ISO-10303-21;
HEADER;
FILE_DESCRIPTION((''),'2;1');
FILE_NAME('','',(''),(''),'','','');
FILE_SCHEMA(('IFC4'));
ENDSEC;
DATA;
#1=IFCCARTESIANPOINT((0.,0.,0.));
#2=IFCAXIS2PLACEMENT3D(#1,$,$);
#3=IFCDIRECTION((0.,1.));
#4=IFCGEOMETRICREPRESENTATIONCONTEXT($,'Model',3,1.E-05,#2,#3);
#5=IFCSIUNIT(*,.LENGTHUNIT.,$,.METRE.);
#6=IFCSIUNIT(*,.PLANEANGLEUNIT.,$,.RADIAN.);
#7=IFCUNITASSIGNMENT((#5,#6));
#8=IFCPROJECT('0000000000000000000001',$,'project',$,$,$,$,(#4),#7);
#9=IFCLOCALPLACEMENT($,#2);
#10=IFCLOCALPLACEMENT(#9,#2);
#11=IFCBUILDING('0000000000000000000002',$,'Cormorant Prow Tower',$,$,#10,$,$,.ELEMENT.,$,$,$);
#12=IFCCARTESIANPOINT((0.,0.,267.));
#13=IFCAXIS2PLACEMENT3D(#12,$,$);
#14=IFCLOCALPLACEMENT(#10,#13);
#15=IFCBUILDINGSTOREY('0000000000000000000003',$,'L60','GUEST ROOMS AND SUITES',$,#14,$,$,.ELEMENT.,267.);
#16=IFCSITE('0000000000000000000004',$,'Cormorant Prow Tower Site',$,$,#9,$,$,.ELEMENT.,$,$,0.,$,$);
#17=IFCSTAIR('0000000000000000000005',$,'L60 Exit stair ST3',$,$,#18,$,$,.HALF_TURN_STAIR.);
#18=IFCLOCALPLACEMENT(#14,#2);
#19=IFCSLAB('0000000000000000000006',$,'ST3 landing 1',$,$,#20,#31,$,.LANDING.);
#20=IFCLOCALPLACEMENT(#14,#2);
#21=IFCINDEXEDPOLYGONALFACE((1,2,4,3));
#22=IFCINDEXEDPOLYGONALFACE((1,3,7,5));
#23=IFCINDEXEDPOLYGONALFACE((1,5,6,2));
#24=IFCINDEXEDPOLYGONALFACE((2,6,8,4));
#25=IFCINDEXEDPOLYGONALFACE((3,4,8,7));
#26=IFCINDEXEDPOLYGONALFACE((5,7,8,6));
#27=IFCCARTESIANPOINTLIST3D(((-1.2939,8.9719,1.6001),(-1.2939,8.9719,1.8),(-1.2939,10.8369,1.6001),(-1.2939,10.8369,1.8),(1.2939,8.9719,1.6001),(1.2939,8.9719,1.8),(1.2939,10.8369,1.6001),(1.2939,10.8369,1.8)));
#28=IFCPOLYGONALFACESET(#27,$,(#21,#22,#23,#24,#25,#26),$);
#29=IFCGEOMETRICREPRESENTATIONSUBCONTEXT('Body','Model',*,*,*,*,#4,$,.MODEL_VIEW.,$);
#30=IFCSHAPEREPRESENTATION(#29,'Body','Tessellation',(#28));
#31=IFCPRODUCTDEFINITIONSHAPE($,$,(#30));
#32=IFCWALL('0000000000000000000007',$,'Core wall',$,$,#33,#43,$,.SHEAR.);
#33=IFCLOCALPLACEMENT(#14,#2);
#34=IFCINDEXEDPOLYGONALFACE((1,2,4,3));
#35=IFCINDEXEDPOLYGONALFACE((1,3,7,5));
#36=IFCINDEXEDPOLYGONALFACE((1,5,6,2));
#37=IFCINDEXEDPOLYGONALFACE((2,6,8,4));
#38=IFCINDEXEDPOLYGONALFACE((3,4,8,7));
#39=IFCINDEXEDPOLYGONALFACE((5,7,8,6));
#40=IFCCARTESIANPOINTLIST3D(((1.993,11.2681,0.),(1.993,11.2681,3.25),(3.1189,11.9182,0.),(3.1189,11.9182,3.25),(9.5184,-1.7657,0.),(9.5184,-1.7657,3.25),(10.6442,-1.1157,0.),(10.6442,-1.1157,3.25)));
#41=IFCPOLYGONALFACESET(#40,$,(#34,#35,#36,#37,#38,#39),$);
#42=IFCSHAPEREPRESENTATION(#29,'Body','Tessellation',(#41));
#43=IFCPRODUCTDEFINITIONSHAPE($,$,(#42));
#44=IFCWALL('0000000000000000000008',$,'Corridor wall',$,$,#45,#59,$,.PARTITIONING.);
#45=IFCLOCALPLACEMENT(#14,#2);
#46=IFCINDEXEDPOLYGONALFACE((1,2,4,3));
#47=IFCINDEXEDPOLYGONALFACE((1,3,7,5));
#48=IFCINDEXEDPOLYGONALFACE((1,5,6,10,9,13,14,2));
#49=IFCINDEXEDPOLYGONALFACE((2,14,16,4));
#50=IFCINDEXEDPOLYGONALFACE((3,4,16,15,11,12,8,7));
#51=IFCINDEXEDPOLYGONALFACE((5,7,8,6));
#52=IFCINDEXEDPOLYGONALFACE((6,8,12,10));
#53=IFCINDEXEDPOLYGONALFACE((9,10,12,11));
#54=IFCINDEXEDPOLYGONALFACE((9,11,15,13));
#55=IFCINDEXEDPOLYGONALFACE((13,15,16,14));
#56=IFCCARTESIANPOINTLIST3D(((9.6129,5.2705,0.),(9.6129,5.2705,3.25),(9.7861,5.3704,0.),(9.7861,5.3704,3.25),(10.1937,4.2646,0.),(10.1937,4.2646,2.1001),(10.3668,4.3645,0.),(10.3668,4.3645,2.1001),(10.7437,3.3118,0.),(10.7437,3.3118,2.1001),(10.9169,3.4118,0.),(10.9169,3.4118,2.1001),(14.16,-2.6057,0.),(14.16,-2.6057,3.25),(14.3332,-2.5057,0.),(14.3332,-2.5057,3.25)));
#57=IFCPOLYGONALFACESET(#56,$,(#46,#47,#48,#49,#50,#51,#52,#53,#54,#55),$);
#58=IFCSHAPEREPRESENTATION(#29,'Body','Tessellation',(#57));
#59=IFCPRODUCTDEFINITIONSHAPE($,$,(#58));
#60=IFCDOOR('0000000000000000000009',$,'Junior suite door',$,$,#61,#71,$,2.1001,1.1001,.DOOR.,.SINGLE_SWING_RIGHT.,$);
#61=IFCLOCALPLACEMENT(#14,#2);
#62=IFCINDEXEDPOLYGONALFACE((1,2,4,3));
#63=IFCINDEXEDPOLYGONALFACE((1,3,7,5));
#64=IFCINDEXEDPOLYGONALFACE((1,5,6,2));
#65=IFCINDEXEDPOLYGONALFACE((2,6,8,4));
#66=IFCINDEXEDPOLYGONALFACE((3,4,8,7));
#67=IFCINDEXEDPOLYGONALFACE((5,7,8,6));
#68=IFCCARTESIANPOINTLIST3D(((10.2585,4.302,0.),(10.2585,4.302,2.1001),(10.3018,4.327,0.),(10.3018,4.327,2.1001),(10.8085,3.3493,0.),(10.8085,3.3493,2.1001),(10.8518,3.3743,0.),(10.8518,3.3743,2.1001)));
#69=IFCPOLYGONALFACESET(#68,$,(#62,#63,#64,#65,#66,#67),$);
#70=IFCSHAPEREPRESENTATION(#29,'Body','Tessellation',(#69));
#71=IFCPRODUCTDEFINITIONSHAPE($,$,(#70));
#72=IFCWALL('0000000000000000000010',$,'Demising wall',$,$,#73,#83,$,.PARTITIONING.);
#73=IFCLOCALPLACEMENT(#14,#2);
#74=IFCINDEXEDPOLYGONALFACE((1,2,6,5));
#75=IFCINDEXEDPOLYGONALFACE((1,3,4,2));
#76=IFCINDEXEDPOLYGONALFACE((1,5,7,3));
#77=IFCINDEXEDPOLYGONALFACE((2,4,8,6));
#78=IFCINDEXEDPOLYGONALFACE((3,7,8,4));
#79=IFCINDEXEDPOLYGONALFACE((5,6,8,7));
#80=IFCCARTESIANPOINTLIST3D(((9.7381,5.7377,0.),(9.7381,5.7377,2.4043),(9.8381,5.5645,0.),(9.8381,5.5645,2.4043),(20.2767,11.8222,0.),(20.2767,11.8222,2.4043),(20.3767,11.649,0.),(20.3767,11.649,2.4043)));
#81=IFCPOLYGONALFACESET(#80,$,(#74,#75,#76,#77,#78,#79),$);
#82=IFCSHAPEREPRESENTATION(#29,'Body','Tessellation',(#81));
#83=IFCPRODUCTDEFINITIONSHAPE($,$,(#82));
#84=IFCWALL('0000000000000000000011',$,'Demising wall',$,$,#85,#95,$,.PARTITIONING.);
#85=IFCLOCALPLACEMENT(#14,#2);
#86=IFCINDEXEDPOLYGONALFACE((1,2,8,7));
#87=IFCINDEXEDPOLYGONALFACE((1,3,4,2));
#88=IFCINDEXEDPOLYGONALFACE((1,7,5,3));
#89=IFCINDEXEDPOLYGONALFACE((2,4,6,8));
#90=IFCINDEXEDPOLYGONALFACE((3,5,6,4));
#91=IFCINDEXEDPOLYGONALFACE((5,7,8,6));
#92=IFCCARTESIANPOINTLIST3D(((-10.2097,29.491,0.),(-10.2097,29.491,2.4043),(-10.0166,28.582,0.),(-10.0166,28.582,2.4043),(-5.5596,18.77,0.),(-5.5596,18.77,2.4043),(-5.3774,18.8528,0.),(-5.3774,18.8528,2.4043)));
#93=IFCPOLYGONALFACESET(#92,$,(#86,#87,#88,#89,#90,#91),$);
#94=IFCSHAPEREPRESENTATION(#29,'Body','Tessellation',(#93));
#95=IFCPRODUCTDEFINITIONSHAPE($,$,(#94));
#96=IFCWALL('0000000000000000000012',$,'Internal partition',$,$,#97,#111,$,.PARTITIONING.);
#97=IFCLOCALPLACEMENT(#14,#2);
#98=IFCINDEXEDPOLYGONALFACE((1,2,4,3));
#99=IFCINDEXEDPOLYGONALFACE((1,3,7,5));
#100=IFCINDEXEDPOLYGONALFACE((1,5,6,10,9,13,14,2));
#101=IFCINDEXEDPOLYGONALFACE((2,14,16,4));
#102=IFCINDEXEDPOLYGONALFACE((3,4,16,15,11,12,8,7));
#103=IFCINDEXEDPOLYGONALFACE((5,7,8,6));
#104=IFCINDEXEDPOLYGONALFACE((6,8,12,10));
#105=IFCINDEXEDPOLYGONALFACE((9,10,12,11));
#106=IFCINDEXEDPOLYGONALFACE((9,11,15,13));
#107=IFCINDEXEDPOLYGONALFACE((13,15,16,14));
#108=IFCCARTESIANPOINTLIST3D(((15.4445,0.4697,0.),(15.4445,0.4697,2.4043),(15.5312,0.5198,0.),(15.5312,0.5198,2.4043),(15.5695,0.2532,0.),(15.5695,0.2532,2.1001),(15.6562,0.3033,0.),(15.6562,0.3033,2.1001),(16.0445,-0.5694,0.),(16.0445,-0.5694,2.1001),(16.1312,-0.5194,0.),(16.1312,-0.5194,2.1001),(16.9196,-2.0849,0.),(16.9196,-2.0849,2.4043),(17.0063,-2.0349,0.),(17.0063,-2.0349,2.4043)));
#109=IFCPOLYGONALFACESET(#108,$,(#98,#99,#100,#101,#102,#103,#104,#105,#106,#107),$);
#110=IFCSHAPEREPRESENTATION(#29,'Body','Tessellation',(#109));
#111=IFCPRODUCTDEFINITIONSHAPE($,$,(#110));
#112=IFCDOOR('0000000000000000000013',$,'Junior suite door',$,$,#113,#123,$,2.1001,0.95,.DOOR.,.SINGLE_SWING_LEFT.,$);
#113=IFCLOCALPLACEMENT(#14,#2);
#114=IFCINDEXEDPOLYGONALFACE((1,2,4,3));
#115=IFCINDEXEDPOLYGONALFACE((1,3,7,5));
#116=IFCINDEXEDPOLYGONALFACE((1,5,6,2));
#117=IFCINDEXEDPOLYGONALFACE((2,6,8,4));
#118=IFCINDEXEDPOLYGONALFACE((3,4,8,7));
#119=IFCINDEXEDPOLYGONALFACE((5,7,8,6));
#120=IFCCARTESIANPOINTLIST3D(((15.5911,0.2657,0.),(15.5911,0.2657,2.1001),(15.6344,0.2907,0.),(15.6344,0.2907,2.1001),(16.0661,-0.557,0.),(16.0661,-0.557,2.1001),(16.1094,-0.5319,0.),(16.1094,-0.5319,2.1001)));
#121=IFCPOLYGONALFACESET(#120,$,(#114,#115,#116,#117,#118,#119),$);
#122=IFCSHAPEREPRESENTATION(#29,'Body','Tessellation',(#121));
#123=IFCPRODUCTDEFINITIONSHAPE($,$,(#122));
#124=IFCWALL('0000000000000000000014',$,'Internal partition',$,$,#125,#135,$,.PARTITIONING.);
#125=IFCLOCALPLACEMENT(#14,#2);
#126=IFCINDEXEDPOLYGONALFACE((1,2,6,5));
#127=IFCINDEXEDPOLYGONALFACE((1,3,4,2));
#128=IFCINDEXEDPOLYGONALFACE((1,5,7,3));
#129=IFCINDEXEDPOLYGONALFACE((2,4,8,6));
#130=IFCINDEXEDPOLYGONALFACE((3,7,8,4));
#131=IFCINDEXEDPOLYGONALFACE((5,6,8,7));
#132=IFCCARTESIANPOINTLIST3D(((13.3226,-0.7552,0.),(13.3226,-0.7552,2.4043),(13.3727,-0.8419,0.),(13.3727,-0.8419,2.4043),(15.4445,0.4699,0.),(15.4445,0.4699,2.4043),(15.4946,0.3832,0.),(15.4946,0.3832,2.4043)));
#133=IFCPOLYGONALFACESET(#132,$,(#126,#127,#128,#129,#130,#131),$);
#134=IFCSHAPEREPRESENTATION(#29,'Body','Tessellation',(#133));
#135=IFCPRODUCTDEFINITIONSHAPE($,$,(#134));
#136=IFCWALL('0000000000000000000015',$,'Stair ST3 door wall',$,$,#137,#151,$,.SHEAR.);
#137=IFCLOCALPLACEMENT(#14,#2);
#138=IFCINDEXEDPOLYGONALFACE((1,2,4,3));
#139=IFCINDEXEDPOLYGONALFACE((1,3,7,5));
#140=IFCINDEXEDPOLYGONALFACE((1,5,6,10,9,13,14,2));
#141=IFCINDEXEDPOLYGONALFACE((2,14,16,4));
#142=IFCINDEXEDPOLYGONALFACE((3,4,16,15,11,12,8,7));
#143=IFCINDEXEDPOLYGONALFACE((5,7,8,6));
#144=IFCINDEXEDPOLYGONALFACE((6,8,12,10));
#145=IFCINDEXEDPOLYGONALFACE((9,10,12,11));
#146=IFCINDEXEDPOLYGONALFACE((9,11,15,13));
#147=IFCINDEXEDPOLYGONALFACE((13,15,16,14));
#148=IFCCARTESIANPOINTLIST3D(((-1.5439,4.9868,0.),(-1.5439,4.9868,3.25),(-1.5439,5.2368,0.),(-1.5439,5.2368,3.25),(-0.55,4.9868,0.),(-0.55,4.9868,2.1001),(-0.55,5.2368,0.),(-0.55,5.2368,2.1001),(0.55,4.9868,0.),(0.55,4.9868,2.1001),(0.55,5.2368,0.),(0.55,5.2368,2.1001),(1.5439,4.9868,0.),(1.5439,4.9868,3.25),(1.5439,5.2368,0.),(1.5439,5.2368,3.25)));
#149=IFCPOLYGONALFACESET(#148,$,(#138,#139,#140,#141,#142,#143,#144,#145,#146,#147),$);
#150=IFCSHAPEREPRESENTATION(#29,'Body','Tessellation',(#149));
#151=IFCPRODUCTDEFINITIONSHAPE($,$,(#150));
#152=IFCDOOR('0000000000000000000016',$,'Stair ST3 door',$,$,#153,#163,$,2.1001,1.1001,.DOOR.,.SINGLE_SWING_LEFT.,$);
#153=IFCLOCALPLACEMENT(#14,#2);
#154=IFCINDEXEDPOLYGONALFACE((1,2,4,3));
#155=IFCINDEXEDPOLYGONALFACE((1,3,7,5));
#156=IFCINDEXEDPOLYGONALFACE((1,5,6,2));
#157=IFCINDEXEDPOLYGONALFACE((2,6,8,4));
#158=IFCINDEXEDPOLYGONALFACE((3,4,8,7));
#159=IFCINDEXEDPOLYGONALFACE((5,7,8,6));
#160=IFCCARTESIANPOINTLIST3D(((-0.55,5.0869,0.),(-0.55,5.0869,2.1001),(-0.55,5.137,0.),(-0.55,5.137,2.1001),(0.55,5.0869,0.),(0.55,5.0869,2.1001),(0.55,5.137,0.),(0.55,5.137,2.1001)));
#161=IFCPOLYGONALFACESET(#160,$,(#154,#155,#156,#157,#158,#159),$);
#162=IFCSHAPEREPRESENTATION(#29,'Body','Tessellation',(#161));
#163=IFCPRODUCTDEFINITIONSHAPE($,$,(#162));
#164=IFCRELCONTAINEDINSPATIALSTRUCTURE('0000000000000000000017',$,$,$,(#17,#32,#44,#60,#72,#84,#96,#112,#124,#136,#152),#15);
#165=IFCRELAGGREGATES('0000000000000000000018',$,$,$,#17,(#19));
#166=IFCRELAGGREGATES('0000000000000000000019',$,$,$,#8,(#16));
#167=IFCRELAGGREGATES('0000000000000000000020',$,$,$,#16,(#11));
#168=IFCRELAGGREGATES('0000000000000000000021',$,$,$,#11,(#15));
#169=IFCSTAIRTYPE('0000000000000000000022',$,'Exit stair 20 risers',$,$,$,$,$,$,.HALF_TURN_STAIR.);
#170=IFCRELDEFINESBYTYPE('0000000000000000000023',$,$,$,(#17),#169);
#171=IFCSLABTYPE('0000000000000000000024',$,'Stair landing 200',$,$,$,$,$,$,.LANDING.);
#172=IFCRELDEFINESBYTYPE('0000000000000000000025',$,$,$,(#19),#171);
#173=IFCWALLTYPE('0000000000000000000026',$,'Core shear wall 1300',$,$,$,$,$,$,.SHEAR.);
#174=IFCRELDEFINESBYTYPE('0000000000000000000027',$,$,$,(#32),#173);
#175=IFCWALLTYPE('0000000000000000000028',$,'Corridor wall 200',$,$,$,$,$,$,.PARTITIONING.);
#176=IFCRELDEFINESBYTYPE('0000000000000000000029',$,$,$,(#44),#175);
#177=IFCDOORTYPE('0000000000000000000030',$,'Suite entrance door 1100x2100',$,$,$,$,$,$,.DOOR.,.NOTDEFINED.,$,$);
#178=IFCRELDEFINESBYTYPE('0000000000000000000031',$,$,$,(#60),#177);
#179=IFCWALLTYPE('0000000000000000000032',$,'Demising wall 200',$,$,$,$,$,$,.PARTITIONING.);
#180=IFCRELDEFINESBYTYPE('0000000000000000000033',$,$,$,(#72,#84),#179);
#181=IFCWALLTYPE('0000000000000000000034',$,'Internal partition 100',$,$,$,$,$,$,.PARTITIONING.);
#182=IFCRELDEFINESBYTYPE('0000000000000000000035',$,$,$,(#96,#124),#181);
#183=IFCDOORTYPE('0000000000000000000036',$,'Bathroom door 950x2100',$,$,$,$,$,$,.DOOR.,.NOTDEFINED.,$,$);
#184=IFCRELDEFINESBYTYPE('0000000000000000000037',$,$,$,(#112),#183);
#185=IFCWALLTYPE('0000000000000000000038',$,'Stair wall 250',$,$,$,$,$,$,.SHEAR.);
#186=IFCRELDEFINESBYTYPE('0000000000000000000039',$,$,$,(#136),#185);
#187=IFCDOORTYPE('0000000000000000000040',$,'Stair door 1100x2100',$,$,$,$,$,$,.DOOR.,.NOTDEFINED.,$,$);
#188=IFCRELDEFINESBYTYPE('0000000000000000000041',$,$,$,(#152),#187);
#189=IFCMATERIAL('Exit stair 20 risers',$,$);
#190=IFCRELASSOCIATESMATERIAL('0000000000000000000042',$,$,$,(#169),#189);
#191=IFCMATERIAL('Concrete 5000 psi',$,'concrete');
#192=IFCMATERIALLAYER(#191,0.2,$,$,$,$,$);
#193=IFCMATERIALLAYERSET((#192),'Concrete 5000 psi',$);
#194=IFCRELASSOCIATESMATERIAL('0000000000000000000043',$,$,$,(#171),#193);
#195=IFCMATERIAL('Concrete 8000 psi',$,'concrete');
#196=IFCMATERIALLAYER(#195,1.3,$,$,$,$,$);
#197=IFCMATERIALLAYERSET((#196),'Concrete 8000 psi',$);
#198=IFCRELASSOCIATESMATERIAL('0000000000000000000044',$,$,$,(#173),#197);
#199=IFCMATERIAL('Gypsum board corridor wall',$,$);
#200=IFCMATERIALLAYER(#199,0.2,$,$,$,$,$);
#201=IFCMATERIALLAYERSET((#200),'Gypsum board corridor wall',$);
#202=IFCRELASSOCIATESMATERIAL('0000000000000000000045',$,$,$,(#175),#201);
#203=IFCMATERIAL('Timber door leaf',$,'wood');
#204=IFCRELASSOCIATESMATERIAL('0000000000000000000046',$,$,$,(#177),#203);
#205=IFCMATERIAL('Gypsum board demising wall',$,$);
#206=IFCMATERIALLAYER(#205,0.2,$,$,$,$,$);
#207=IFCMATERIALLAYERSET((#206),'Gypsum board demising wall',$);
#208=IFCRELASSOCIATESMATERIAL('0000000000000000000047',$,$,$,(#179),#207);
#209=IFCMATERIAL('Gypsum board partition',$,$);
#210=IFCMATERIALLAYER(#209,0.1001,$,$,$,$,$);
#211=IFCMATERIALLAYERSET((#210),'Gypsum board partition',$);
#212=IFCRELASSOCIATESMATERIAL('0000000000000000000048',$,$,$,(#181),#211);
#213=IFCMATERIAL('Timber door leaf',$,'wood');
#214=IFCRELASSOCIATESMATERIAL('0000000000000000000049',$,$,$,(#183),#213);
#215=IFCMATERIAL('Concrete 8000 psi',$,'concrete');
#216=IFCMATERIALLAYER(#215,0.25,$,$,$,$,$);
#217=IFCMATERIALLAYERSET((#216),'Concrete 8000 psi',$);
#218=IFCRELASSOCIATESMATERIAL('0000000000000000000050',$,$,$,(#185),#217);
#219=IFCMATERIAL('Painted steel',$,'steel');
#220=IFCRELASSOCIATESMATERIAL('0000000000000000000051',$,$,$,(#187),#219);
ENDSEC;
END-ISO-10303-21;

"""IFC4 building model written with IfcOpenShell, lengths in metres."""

from ifc_helpers import new_model, si_unit, direction, frame, frame_2d, origin, place, context, subcontext, project, spatial, polyline, rectangle, outline, extrude, material, layer, layer_set, type_object, element, fill, aggregate, save


model = new_model("IFC4")

# Units and contexts
model_context = context("Model", 3, precision=1e-05, world=origin(), true_north=direction((0.0, 1.0)))
body_context = subcontext(model_context, "Body", "Model", "MODEL_VIEW")
ifc_project = project(units=[si_unit("LENGTHUNIT", "METRE"), si_unit("PLANEANGLEUNIT", "RADIAN")], contexts=[model_context])

# Site, building, storey
site_placement = place(None, origin())
site = spatial("IfcSite", under=ifc_project, at=site_placement, Name="Cormorant Prow Tower Site", CompositionType="ELEMENT", RefElevation=0.0)
building_placement = place(site_placement, origin())
building = spatial("IfcBuilding", under=site, at=building_placement, Name="Cormorant Prow Tower", CompositionType="ELEMENT")
storey_placement = place(building_placement, frame((0.0, 0.0, 267.0)))
storey = spatial("IfcBuildingStorey", under=building, at=storey_placement, Name="L60", Description="GUEST ROOMS AND SUITES", CompositionType="ELEMENT", Elevation=267.0)

# Stair, slab
ifc_material_1 = material(Name="Exit stair 20 risers")
stair_type = type_object("IfcStairType", Name="Exit stair 20 risers", PredefinedType="HALF_TURN_STAIR", material=ifc_material_1)
ifc_material_2 = material(Name="Concrete 5000 psi", Category="concrete")
ifc_layer_1 = layer(ifc_material_2, 0.2)
ifc_layer_set_1 = layer_set([ifc_layer_1], Name="Concrete 5000 psi")
slab_type = type_object("IfcSlabType", Name="Stair landing 200", PredefinedType="LANDING", material=ifc_layer_set_1)
stair_1_placement = place(storey_placement, origin())
stair_1 = element("IfcStair", 1, at=stair_1_placement, inside=storey, type_object=stair_type, Name="L60 Exit stair ST3", PredefinedType="HALF_TURN_STAIR")
slab_1_placement = place(storey_placement, frame((0.0, 0.0, 1.6001)))
slab_1 = element("IfcSlab", 2, at=slab_1_placement, type_object=slab_type, Name="ST3 landing 1", PredefinedType="LANDING", context=body_context, shape_type="SweptSolid", body=[
    extrude(outline(polyline([(1.2939, 8.9719), (1.2939, 10.8369), (-1.2939, 10.8369), (-1.2939, 8.9719), (1.2939, 8.9719)])), origin(), (0.0, 0.0, 1.0), 0.2),
])
aggregate(stair_1, [slab_1])

# Wall
ifc_material_3 = material(Name="Concrete 8000 psi", Category="concrete")
ifc_layer_2 = layer(ifc_material_3, 1.3)
ifc_layer_set_2 = layer_set([ifc_layer_2], Name="Concrete 8000 psi")
wall_type_1 = type_object("IfcWallType", Name="Core shear wall 1300", PredefinedType="SHEAR", material=ifc_layer_set_2)
wall_1_placement = place(storey_placement, frame((10.0813, -1.4407, 0.0), z_axis=(0.0, 0.0, 1.0), x_axis=(-0.500012, 0.866018, 0.0)))
element("IfcWall", 3, at=wall_1_placement, inside=storey, type_object=wall_type_1, Name="Core wall", PredefinedType="SHEAR", context=body_context, shape_type="SweptSolid", body=[
    extrude(rectangle(XDim=15.0503, YDim=1.3, at=frame_2d((7.5251, 0.0))), origin(), (0.0, 0.0, 1.0), 3.25),
])

# Wall, opening, door
ifc_material_4 = material(Name="Gypsum board corridor wall")
ifc_layer_3 = layer(ifc_material_4, 0.2)
ifc_layer_set_3 = layer_set([ifc_layer_3], Name="Gypsum board corridor wall")
wall_type_2 = type_object("IfcWallType", Name="Corridor wall 200", PredefinedType="PARTITIONING", material=ifc_layer_set_3)
wall_2_placement = place(storey_placement, frame((9.6995, 5.3206, 0.0), z_axis=(0.0, 0.0, 1.0), x_axis=(0.499982, -0.866036, 0.0)))
wall_2 = element("IfcWall", 4, at=wall_2_placement, inside=storey, type_object=wall_type_2, Name="Corridor wall", PredefinedType="PARTITIONING", context=body_context, shape_type="SweptSolid", body=[
    extrude(rectangle(XDim=9.0945, YDim=0.2, at=frame_2d((4.5474, 0.0))), origin(), (0.0, 0.0, 1.0), 3.25),
])
opening_1_placement = place(wall_2_placement, frame((1.1616, 0.0, 0.0)))
opening_1 = element("IfcOpeningElement", 5, at=opening_1_placement, cuts=wall_2, PredefinedType="OPENING", context=body_context, shape_type="SweptSolid", body=[
    extrude(rectangle(XDim=1.1001, YDim=2.1001, at=frame_2d((0.55, 1.05))), frame((0.0, 0.1099, 0.0), z_axis=(0.0, -1.0, 0.0), x_axis=(1.0, 0.0, 0.0)), (0.0, 0.0, 1.0), 0.22),
])
ifc_material_5 = material(Name="Timber door leaf", Category="wood")
door_type_1 = type_object("IfcDoorType", Name="Suite entrance door 1100x2100", OperationType="NOTDEFINED", PredefinedType="DOOR", material=ifc_material_5)
door_1_placement = place(opening_1_placement, origin())
door_1 = element("IfcDoor", 6, at=door_1_placement, inside=storey, type_object=door_type_1, Name="Junior suite door", OperationType="SINGLE_SWING_RIGHT", OverallHeight=2.1001, OverallWidth=1.1001, PredefinedType="DOOR", context=body_context, shape_type="SweptSolid", body=[
    extrude(rectangle(XDim=1.1001, YDim=2.1001, at=frame_2d((0.55, 1.05))), frame((0.0, 0.0249, 0.0), z_axis=(0.0, -1.0, 0.0), x_axis=(1.0, 0.0, 0.0)), (0.0, 0.0, 1.0), 0.05),
])
fill(opening_1, door_1)

# Walls
ifc_material_6 = material(Name="Gypsum board demising wall")
ifc_layer_4 = layer(ifc_material_6, 0.2)
ifc_layer_set_4 = layer_set([ifc_layer_4], Name="Gypsum board demising wall")
wall_type_3 = type_object("IfcWallType", Name="Demising wall 200", PredefinedType="PARTITIONING", material=ifc_layer_set_4)
wall_3_placement = place(storey_placement, frame((9.7881, 5.6511, 0.0), z_axis=(0.0, 0.0, 1.0), x_axis=(0.866025, 0.500001, 0.0)))
element("IfcWall", 7, at=wall_3_placement, inside=storey, type_object=wall_type_3, Name="Demising wall", PredefinedType="PARTITIONING", context=body_context, shape_type="SweptSolid", body=[
    extrude(rectangle(XDim=12.1689, YDim=0.2, at=frame_2d((6.0845, 0.0))), origin(), (0.0, 0.0, 1.0), 2.4043),
])
wall_4_placement = place(storey_placement, origin())
element("IfcWall", 8, at=wall_4_placement, inside=storey, type_object=wall_type_3, Name="Demising wall", PredefinedType="PARTITIONING", context=body_context, shape_type="SweptSolid", body=[
    extrude(outline(polyline([(-5.5596, 18.77), (-10.0166, 28.582), (-10.2097, 29.491), (-5.3774, 18.8528), (-5.5596, 18.77)])), origin(), (0.0, 0.0, 1.0), 2.4043),
])

# Wall, opening, door
ifc_material_7 = material(Name="Gypsum board partition")
ifc_layer_5 = layer(ifc_material_7, 0.1001)
ifc_layer_set_5 = layer_set([ifc_layer_5], Name="Gypsum board partition")
wall_type_4 = type_object("IfcWallType", Name="Internal partition 100", PredefinedType="PARTITIONING", material=ifc_layer_set_5)
wall_5_placement = place(storey_placement, frame((15.4878, 0.4949, 0.0), z_axis=(0.0, 0.0, 1.0), x_axis=(0.500038, -0.866004, 0.0)))
wall_5 = element("IfcWall", 9, at=wall_5_placement, inside=storey, type_object=wall_type_4, Name="Internal partition", PredefinedType="PARTITIONING", context=body_context, shape_type="SweptSolid", body=[
    extrude(rectangle(XDim=2.95, YDim=0.1001, at=frame_2d((1.4751, 0.0))), origin(), (0.0, 0.0, 1.0), 2.4043),
])
opening_2_placement = place(wall_5_placement, frame((0.25, 0.0, 0.0)))
opening_2 = element("IfcOpeningElement", 10, at=opening_2_placement, cuts=wall_5, PredefinedType="OPENING", context=body_context, shape_type="SweptSolid", body=[
    extrude(rectangle(XDim=0.95, YDim=2.1001, at=frame_2d((0.4751, 1.05))), frame((0.0, 0.0601, 0.0), z_axis=(0.0, -1.0, 0.0), x_axis=(1.0, 0.0, 0.0)), (0.0, 0.0, 1.0), 0.1201),
])
ifc_material_8 = material(Name="Timber door leaf", Category="wood")
door_type_2 = type_object("IfcDoorType", Name="Bathroom door 950x2100", OperationType="NOTDEFINED", PredefinedType="DOOR", material=ifc_material_8)
door_2_placement = place(opening_2_placement, origin())
door_2 = element("IfcDoor", 11, at=door_2_placement, inside=storey, type_object=door_type_2, Name="Junior suite door", OperationType="SINGLE_SWING_LEFT", OverallHeight=2.1001, OverallWidth=0.95, PredefinedType="DOOR", context=body_context, shape_type="SweptSolid", body=[
    extrude(rectangle(XDim=0.95, YDim=2.1001, at=frame_2d((0.4751, 1.05))), frame((0.0, 0.0249, 0.0), z_axis=(0.0, -1.0, 0.0), x_axis=(1.0, 0.0, 0.0)), (0.0, 0.0, 1.0), 0.05),
])
fill(opening_2, door_2)

# Wall
wall_6_placement = place(storey_placement, frame((13.3477, -0.7986, 0.0), z_axis=(0.0, 0.0, 1.0), x_axis=(0.866015, 0.500019, 0.0)))
element("IfcWall", 12, at=wall_6_placement, inside=storey, type_object=wall_type_4, Name="Internal partition", PredefinedType="PARTITIONING", context=body_context, shape_type="SweptSolid", body=[
    extrude(rectangle(XDim=2.4502, YDim=0.1001, at=frame_2d((1.2251, 0.0))), origin(), (0.0, 0.0, 1.0), 2.4043),
])

# Wall, opening, door
ifc_material_9 = material(Name="Concrete 8000 psi", Category="concrete")
ifc_layer_6 = layer(ifc_material_9, 0.25)
ifc_layer_set_6 = layer_set([ifc_layer_6], Name="Concrete 8000 psi")
wall_type_5 = type_object("IfcWallType", Name="Stair wall 250", PredefinedType="SHEAR", material=ifc_layer_set_6)
wall_7_placement = place(storey_placement, frame((1.5439, 5.1118, 0.0), z_axis=(0.0, 0.0, 1.0), x_axis=(-1.0, 0.0, 0.0)))
wall_7 = element("IfcWall", 13, at=wall_7_placement, inside=storey, type_object=wall_type_5, Name="Stair ST3 door wall", PredefinedType="SHEAR", context=body_context, shape_type="SweptSolid", body=[
    extrude(rectangle(XDim=3.0879, YDim=0.25, at=frame_2d((1.5439, 0.0))), origin(), (0.0, 0.0, 1.0), 3.25),
])
opening_3_placement = place(wall_7_placement, frame((0.9939, 0.0, 0.0)))
opening_3 = element("IfcOpeningElement", 14, at=opening_3_placement, cuts=wall_7, PredefinedType="OPENING", context=body_context, shape_type="SweptSolid", body=[
    extrude(rectangle(XDim=1.1001, YDim=2.1001, at=frame_2d((0.55, 1.05))), frame((0.0, 0.135, 0.0), z_axis=(0.0, -1.0, 0.0), x_axis=(1.0, 0.0, 0.0)), (0.0, 0.0, 1.0), 0.27),
])
ifc_material_10 = material(Name="Painted steel", Category="steel")
door_type_3 = type_object("IfcDoorType", Name="Stair door 1100x2100", OperationType="NOTDEFINED", PredefinedType="DOOR", material=ifc_material_10)
door_3_placement = place(opening_3_placement, origin())
door_3 = element("IfcDoor", 15, at=door_3_placement, inside=storey, type_object=door_type_3, Name="Stair ST3 door", OperationType="SINGLE_SWING_LEFT", OverallHeight=2.1001, OverallWidth=1.1001, PredefinedType="DOOR", context=body_context, shape_type="SweptSolid", body=[
    extrude(rectangle(XDim=1.1001, YDim=2.1001, at=frame_2d((0.55, 1.05))), frame((0.0, 0.0249, 0.0), z_axis=(0.0, -1.0, 0.0), x_axis=(1.0, 0.0, 0.0)), (0.0, 0.0, 1.0), 0.05),
])
fill(opening_3, door_3)

save(model, "model.ifc")
